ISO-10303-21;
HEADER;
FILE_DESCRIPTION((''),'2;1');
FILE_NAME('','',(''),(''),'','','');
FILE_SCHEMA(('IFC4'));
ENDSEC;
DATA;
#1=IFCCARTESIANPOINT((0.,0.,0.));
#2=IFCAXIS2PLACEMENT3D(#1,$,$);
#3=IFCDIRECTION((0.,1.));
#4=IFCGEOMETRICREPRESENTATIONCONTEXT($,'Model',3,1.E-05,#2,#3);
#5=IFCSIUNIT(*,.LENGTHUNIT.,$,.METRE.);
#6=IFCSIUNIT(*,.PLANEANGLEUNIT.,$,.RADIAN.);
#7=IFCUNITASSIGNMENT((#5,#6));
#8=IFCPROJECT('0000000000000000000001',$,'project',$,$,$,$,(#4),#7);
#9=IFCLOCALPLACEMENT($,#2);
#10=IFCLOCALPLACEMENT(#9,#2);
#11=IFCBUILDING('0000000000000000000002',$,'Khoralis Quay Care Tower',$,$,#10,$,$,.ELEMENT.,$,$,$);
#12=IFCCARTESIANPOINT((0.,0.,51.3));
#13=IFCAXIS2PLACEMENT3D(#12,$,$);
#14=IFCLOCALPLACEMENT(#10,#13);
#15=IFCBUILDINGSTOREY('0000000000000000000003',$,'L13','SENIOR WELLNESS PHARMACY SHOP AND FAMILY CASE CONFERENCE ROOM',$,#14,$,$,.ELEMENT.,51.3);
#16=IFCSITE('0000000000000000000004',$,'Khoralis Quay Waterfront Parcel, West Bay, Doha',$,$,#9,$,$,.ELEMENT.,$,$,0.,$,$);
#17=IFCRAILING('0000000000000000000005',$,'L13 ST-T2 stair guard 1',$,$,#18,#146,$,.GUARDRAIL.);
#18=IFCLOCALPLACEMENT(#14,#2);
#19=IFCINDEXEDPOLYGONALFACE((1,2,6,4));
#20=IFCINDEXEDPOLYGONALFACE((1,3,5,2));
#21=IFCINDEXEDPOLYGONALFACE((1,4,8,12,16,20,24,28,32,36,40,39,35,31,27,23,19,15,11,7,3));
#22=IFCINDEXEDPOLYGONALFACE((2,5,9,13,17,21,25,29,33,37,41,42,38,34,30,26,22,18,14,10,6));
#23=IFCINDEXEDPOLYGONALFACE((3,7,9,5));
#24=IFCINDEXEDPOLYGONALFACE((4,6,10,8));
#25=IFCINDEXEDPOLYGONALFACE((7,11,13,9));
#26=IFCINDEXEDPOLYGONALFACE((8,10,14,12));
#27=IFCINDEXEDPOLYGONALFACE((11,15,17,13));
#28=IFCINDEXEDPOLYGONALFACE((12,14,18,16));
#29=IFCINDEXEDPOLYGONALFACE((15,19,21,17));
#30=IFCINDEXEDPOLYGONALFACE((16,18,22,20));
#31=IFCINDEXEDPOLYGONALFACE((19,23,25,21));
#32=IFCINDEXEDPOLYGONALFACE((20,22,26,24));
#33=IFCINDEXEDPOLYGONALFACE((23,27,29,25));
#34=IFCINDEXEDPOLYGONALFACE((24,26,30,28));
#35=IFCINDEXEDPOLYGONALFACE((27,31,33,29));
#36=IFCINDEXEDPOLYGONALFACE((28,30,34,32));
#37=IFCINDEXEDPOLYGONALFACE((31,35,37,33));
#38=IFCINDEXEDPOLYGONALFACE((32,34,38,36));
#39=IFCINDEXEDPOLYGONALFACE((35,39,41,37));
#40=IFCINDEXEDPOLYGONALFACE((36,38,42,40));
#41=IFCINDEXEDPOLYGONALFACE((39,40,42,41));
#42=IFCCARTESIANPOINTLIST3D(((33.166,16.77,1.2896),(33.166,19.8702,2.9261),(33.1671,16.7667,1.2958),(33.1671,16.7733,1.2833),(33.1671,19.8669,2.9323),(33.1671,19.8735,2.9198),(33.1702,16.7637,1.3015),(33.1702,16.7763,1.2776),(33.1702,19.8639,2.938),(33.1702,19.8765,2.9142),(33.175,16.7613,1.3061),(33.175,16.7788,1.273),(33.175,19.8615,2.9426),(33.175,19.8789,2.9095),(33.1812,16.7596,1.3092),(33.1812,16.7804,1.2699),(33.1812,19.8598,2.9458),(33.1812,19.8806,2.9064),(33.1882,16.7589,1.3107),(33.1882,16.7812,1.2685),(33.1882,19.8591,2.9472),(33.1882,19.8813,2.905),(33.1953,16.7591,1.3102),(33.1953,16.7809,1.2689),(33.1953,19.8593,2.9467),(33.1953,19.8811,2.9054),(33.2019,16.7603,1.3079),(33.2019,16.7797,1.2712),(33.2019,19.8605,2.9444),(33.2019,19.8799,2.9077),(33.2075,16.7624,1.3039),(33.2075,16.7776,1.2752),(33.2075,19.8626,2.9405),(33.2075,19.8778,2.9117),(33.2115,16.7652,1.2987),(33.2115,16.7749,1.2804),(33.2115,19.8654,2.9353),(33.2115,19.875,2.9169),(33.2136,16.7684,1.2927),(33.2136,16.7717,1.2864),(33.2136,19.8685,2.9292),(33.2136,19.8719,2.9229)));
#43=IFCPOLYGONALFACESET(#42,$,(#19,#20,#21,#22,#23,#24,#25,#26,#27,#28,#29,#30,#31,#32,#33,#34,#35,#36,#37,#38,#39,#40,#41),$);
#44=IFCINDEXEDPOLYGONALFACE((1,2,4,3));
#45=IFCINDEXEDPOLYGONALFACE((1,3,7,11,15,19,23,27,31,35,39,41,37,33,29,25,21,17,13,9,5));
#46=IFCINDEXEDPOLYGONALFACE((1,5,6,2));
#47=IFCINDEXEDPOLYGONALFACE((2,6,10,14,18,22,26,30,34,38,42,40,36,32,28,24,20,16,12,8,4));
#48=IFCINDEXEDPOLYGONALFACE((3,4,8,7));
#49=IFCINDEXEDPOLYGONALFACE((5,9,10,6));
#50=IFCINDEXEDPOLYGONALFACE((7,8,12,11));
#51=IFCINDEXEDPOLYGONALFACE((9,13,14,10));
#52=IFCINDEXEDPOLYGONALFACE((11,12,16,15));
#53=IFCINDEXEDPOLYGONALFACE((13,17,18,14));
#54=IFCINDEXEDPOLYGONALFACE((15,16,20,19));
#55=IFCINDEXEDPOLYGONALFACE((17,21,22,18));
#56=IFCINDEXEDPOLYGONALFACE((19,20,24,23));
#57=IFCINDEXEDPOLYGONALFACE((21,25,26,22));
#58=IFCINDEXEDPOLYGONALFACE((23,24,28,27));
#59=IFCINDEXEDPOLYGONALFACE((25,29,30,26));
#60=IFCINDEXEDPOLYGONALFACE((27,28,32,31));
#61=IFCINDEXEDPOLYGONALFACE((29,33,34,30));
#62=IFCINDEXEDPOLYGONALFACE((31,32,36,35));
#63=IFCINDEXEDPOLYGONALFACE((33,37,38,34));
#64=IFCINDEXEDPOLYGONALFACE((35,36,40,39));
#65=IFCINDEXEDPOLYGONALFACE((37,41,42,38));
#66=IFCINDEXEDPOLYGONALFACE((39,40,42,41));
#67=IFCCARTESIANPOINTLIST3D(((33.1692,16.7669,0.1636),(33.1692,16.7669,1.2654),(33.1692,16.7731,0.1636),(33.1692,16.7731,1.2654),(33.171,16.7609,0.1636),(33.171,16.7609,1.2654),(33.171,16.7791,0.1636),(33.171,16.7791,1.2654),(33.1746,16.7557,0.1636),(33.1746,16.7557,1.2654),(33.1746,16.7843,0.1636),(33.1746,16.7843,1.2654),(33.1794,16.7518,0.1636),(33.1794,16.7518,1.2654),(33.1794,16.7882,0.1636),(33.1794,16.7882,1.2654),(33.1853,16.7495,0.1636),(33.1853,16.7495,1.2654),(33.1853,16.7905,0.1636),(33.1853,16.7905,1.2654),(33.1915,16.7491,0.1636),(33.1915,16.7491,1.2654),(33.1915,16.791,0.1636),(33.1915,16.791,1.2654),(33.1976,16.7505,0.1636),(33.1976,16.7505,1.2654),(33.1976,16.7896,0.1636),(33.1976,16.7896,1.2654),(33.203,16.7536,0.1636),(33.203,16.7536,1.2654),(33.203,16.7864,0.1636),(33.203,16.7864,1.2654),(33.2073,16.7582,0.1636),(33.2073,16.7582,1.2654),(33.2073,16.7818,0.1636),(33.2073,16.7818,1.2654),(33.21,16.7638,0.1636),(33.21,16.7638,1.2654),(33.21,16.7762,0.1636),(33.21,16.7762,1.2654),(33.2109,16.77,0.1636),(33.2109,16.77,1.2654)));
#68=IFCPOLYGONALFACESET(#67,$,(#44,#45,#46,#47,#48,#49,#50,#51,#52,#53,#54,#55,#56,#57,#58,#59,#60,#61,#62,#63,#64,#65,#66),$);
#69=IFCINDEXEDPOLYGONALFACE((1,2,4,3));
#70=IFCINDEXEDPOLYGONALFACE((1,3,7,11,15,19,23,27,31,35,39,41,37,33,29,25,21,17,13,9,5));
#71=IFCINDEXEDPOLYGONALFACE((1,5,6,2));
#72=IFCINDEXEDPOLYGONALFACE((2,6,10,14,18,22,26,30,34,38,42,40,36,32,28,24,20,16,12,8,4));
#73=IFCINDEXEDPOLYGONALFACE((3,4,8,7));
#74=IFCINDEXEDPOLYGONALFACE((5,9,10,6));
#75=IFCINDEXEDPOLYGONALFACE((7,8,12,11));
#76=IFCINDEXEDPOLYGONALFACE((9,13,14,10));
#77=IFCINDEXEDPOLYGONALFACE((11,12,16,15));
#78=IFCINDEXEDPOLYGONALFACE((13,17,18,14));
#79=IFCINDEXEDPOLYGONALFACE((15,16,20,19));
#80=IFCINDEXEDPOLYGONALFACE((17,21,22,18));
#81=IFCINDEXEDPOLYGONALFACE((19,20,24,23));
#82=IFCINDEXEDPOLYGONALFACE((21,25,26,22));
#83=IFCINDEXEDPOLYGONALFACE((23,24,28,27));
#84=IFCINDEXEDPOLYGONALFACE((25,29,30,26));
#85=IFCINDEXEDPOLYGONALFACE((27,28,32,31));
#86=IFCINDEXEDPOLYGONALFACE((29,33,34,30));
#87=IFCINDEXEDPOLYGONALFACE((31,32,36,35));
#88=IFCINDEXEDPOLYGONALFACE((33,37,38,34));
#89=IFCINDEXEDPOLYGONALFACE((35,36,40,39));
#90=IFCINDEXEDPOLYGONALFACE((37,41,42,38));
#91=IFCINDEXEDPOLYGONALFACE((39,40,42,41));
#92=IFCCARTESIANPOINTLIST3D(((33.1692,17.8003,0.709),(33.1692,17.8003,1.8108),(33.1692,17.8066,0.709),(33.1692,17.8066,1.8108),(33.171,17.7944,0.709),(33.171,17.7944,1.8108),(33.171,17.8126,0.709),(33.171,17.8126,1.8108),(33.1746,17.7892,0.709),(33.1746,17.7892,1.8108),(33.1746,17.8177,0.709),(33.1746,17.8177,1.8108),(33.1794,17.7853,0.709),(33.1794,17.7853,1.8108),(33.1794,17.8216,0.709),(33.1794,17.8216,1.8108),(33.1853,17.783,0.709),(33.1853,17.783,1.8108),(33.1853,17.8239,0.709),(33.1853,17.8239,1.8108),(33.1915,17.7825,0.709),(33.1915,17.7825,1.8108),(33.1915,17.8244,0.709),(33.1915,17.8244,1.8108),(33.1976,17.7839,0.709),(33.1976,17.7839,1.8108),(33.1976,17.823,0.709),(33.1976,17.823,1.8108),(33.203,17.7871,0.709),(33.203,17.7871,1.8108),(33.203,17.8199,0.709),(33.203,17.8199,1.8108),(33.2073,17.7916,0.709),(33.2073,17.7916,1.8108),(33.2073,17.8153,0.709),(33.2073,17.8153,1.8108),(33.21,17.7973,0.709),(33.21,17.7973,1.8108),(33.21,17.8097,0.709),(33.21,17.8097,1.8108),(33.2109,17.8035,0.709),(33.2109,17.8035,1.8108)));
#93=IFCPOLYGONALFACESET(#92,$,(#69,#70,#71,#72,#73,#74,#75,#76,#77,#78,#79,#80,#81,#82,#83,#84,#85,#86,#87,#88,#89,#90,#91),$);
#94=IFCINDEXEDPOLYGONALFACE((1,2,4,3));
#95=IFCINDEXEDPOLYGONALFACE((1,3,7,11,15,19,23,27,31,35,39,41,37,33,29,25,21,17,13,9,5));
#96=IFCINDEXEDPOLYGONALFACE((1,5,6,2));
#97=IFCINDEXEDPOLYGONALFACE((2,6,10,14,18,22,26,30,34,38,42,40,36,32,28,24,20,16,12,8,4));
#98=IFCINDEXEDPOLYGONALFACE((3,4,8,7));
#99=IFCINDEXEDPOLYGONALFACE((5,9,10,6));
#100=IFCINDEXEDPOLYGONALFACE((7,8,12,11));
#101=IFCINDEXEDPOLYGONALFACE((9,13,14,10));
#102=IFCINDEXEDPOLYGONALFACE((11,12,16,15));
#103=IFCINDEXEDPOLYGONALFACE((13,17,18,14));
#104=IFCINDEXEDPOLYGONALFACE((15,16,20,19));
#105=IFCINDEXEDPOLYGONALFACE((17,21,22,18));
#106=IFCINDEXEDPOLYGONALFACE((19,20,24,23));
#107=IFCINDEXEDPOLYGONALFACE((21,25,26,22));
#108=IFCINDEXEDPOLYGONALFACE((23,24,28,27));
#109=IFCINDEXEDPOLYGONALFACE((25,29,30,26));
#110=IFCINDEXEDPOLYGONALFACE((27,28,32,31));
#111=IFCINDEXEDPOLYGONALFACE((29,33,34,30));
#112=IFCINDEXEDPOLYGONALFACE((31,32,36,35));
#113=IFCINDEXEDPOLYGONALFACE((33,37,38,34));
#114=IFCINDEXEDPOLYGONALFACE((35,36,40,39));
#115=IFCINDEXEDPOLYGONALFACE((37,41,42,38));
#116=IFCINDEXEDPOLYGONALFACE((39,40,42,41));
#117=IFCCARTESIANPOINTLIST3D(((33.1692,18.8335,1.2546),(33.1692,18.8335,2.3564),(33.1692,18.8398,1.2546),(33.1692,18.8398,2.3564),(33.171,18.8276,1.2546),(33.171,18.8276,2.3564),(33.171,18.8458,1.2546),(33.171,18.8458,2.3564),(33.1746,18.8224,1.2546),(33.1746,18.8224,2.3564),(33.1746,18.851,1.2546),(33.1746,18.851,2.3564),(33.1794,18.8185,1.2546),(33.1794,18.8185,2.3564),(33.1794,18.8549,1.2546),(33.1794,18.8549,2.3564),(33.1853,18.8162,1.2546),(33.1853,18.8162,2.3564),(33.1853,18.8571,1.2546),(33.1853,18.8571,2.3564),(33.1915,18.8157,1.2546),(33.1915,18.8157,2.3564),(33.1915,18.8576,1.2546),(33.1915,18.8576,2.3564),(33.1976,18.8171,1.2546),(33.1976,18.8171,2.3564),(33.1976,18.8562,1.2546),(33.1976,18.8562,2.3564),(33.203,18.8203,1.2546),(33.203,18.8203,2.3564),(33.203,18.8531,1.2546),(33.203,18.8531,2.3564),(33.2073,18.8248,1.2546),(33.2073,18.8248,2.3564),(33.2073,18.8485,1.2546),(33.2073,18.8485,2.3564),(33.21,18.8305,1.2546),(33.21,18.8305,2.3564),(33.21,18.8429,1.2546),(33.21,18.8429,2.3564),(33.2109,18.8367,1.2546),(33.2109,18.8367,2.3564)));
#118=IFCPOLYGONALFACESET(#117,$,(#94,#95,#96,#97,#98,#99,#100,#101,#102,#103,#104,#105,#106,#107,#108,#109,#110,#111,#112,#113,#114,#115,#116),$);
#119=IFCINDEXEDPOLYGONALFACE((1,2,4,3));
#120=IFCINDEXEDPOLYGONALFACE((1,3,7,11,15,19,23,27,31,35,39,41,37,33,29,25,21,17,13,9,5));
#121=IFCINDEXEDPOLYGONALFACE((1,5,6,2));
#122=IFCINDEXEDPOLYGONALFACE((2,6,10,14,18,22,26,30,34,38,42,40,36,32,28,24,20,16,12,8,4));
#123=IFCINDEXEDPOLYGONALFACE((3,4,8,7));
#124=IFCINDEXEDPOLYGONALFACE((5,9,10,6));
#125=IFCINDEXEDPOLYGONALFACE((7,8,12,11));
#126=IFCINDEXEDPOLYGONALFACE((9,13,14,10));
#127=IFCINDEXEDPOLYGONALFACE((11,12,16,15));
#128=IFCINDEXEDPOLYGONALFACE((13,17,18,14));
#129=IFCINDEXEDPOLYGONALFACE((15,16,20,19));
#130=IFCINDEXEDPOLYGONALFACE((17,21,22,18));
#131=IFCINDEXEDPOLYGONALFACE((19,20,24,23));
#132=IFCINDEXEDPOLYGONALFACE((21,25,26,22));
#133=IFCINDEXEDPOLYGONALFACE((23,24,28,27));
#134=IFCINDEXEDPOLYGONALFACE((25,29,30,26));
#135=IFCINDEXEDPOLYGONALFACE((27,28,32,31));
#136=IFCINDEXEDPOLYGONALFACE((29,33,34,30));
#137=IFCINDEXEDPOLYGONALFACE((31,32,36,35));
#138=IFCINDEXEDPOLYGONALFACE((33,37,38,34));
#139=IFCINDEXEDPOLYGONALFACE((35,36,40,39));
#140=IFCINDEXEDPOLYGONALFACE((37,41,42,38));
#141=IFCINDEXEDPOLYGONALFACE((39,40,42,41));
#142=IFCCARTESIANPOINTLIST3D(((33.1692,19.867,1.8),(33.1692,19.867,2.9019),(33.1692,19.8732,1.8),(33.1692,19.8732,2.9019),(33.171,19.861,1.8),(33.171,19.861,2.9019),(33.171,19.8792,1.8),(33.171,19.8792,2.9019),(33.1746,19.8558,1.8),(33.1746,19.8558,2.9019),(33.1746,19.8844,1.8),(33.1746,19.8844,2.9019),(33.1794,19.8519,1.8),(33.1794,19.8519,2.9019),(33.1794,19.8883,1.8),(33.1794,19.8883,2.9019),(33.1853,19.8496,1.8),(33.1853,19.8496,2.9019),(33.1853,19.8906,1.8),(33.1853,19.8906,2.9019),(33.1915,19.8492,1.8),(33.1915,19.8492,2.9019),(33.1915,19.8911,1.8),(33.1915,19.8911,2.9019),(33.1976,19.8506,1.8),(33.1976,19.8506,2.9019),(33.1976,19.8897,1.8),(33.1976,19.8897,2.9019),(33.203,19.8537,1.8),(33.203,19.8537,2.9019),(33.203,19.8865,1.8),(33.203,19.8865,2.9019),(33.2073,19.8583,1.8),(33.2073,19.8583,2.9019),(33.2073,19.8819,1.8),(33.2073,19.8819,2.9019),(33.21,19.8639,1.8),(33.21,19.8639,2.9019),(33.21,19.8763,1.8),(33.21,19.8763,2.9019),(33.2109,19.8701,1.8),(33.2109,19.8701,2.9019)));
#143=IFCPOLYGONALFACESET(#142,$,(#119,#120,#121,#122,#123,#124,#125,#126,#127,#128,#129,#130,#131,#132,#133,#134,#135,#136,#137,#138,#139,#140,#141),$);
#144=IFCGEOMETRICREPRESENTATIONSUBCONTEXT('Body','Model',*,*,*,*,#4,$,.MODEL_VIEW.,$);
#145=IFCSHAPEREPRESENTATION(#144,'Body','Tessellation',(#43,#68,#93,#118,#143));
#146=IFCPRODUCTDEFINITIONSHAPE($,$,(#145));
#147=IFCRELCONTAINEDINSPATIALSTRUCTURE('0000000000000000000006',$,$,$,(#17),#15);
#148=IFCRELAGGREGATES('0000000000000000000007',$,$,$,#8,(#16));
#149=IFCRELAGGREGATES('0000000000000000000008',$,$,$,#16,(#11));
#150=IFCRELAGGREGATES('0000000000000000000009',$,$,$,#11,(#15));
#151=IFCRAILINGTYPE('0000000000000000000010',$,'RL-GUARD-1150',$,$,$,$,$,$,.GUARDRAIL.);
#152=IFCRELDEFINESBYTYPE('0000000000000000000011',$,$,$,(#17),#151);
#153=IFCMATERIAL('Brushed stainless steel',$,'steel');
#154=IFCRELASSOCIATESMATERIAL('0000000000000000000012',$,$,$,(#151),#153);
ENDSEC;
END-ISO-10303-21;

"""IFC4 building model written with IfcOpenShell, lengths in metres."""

from ifc_helpers import new_model, si_unit, direction, frame, origin, origin_2d, place, context, subcontext, project, spatial, circle, extrude, material, type_object, element, save


model = new_model("IFC4")

# Units and contexts
model_context = context("Model", 3, precision=1e-05, world=origin(), true_north=direction((0.0, 1.0)))
body_context = subcontext(model_context, "Body", "Model", "MODEL_VIEW")
ifc_project = project(units=[si_unit("LENGTHUNIT", "METRE"), si_unit("PLANEANGLEUNIT", "RADIAN")], contexts=[model_context])

# Site, building, storey
site_placement = place(None, origin())
site = spatial("IfcSite", under=ifc_project, at=site_placement, Name="Khoralis Quay Waterfront Parcel, West Bay, Doha", CompositionType="ELEMENT", RefElevation=0.0)
building_placement = place(site_placement, origin())
building = spatial("IfcBuilding", under=site, at=building_placement, Name="Khoralis Quay Care Tower", CompositionType="ELEMENT")
storey_placement = place(building_placement, frame((0.0, 0.0, 51.3)))
storey = spatial("IfcBuildingStorey", under=building, at=storey_placement, Name="L13", Description="SENIOR WELLNESS PHARMACY SHOP AND FAMILY CASE CONFERENCE ROOM", CompositionType="ELEMENT", Elevation=51.3)

# Shared definitions
ifc_material_1 = material(Name="Brushed stainless steel", Category="steel")

# Railing
railing_type_1 = type_object("IfcRailingType", Name="RL-GUARD-1150", PredefinedType="GUARDRAIL", material=ifc_material_1)
railing_1_placement = place(storey_placement, frame((33.1899, 16.77, 0.1636)))
element("IfcRailing", 1, at=railing_1_placement, inside=storey, type_object=railing_type_1, Name="L13 ST-T2 stair guard 1", PredefinedType="GUARDRAIL", context=body_context, shape_type="SweptSolid", body=[
    extrude(circle(Radius=0.0239, at=origin_2d()), frame((0.0, 0.0, 1.126), z_axis=(0.0, 0.884348, 0.466828), x_axis=(-1.0, 0.0, 0.0)), (0.0, 0.0, 1.0), 3.5056),
    extrude(circle(Radius=0.021, at=origin_2d()), origin(), (0.0, 0.0, 1.0), 1.1018),
    extrude(circle(Radius=0.021, at=origin_2d()), frame((0.0, 1.0334, 0.5454)), (0.0, 0.0, 1.0), 1.1018),
    extrude(circle(Radius=0.021, at=origin_2d()), frame((0.0, 2.0667, 1.0911)), (0.0, 0.0, 1.0), 1.1018),
    extrude(circle(Radius=0.021, at=origin_2d()), frame((0.0, 3.1001, 1.6365)), (0.0, 0.0, 1.0), 1.1018),
])

save(model, "model.ifc")
